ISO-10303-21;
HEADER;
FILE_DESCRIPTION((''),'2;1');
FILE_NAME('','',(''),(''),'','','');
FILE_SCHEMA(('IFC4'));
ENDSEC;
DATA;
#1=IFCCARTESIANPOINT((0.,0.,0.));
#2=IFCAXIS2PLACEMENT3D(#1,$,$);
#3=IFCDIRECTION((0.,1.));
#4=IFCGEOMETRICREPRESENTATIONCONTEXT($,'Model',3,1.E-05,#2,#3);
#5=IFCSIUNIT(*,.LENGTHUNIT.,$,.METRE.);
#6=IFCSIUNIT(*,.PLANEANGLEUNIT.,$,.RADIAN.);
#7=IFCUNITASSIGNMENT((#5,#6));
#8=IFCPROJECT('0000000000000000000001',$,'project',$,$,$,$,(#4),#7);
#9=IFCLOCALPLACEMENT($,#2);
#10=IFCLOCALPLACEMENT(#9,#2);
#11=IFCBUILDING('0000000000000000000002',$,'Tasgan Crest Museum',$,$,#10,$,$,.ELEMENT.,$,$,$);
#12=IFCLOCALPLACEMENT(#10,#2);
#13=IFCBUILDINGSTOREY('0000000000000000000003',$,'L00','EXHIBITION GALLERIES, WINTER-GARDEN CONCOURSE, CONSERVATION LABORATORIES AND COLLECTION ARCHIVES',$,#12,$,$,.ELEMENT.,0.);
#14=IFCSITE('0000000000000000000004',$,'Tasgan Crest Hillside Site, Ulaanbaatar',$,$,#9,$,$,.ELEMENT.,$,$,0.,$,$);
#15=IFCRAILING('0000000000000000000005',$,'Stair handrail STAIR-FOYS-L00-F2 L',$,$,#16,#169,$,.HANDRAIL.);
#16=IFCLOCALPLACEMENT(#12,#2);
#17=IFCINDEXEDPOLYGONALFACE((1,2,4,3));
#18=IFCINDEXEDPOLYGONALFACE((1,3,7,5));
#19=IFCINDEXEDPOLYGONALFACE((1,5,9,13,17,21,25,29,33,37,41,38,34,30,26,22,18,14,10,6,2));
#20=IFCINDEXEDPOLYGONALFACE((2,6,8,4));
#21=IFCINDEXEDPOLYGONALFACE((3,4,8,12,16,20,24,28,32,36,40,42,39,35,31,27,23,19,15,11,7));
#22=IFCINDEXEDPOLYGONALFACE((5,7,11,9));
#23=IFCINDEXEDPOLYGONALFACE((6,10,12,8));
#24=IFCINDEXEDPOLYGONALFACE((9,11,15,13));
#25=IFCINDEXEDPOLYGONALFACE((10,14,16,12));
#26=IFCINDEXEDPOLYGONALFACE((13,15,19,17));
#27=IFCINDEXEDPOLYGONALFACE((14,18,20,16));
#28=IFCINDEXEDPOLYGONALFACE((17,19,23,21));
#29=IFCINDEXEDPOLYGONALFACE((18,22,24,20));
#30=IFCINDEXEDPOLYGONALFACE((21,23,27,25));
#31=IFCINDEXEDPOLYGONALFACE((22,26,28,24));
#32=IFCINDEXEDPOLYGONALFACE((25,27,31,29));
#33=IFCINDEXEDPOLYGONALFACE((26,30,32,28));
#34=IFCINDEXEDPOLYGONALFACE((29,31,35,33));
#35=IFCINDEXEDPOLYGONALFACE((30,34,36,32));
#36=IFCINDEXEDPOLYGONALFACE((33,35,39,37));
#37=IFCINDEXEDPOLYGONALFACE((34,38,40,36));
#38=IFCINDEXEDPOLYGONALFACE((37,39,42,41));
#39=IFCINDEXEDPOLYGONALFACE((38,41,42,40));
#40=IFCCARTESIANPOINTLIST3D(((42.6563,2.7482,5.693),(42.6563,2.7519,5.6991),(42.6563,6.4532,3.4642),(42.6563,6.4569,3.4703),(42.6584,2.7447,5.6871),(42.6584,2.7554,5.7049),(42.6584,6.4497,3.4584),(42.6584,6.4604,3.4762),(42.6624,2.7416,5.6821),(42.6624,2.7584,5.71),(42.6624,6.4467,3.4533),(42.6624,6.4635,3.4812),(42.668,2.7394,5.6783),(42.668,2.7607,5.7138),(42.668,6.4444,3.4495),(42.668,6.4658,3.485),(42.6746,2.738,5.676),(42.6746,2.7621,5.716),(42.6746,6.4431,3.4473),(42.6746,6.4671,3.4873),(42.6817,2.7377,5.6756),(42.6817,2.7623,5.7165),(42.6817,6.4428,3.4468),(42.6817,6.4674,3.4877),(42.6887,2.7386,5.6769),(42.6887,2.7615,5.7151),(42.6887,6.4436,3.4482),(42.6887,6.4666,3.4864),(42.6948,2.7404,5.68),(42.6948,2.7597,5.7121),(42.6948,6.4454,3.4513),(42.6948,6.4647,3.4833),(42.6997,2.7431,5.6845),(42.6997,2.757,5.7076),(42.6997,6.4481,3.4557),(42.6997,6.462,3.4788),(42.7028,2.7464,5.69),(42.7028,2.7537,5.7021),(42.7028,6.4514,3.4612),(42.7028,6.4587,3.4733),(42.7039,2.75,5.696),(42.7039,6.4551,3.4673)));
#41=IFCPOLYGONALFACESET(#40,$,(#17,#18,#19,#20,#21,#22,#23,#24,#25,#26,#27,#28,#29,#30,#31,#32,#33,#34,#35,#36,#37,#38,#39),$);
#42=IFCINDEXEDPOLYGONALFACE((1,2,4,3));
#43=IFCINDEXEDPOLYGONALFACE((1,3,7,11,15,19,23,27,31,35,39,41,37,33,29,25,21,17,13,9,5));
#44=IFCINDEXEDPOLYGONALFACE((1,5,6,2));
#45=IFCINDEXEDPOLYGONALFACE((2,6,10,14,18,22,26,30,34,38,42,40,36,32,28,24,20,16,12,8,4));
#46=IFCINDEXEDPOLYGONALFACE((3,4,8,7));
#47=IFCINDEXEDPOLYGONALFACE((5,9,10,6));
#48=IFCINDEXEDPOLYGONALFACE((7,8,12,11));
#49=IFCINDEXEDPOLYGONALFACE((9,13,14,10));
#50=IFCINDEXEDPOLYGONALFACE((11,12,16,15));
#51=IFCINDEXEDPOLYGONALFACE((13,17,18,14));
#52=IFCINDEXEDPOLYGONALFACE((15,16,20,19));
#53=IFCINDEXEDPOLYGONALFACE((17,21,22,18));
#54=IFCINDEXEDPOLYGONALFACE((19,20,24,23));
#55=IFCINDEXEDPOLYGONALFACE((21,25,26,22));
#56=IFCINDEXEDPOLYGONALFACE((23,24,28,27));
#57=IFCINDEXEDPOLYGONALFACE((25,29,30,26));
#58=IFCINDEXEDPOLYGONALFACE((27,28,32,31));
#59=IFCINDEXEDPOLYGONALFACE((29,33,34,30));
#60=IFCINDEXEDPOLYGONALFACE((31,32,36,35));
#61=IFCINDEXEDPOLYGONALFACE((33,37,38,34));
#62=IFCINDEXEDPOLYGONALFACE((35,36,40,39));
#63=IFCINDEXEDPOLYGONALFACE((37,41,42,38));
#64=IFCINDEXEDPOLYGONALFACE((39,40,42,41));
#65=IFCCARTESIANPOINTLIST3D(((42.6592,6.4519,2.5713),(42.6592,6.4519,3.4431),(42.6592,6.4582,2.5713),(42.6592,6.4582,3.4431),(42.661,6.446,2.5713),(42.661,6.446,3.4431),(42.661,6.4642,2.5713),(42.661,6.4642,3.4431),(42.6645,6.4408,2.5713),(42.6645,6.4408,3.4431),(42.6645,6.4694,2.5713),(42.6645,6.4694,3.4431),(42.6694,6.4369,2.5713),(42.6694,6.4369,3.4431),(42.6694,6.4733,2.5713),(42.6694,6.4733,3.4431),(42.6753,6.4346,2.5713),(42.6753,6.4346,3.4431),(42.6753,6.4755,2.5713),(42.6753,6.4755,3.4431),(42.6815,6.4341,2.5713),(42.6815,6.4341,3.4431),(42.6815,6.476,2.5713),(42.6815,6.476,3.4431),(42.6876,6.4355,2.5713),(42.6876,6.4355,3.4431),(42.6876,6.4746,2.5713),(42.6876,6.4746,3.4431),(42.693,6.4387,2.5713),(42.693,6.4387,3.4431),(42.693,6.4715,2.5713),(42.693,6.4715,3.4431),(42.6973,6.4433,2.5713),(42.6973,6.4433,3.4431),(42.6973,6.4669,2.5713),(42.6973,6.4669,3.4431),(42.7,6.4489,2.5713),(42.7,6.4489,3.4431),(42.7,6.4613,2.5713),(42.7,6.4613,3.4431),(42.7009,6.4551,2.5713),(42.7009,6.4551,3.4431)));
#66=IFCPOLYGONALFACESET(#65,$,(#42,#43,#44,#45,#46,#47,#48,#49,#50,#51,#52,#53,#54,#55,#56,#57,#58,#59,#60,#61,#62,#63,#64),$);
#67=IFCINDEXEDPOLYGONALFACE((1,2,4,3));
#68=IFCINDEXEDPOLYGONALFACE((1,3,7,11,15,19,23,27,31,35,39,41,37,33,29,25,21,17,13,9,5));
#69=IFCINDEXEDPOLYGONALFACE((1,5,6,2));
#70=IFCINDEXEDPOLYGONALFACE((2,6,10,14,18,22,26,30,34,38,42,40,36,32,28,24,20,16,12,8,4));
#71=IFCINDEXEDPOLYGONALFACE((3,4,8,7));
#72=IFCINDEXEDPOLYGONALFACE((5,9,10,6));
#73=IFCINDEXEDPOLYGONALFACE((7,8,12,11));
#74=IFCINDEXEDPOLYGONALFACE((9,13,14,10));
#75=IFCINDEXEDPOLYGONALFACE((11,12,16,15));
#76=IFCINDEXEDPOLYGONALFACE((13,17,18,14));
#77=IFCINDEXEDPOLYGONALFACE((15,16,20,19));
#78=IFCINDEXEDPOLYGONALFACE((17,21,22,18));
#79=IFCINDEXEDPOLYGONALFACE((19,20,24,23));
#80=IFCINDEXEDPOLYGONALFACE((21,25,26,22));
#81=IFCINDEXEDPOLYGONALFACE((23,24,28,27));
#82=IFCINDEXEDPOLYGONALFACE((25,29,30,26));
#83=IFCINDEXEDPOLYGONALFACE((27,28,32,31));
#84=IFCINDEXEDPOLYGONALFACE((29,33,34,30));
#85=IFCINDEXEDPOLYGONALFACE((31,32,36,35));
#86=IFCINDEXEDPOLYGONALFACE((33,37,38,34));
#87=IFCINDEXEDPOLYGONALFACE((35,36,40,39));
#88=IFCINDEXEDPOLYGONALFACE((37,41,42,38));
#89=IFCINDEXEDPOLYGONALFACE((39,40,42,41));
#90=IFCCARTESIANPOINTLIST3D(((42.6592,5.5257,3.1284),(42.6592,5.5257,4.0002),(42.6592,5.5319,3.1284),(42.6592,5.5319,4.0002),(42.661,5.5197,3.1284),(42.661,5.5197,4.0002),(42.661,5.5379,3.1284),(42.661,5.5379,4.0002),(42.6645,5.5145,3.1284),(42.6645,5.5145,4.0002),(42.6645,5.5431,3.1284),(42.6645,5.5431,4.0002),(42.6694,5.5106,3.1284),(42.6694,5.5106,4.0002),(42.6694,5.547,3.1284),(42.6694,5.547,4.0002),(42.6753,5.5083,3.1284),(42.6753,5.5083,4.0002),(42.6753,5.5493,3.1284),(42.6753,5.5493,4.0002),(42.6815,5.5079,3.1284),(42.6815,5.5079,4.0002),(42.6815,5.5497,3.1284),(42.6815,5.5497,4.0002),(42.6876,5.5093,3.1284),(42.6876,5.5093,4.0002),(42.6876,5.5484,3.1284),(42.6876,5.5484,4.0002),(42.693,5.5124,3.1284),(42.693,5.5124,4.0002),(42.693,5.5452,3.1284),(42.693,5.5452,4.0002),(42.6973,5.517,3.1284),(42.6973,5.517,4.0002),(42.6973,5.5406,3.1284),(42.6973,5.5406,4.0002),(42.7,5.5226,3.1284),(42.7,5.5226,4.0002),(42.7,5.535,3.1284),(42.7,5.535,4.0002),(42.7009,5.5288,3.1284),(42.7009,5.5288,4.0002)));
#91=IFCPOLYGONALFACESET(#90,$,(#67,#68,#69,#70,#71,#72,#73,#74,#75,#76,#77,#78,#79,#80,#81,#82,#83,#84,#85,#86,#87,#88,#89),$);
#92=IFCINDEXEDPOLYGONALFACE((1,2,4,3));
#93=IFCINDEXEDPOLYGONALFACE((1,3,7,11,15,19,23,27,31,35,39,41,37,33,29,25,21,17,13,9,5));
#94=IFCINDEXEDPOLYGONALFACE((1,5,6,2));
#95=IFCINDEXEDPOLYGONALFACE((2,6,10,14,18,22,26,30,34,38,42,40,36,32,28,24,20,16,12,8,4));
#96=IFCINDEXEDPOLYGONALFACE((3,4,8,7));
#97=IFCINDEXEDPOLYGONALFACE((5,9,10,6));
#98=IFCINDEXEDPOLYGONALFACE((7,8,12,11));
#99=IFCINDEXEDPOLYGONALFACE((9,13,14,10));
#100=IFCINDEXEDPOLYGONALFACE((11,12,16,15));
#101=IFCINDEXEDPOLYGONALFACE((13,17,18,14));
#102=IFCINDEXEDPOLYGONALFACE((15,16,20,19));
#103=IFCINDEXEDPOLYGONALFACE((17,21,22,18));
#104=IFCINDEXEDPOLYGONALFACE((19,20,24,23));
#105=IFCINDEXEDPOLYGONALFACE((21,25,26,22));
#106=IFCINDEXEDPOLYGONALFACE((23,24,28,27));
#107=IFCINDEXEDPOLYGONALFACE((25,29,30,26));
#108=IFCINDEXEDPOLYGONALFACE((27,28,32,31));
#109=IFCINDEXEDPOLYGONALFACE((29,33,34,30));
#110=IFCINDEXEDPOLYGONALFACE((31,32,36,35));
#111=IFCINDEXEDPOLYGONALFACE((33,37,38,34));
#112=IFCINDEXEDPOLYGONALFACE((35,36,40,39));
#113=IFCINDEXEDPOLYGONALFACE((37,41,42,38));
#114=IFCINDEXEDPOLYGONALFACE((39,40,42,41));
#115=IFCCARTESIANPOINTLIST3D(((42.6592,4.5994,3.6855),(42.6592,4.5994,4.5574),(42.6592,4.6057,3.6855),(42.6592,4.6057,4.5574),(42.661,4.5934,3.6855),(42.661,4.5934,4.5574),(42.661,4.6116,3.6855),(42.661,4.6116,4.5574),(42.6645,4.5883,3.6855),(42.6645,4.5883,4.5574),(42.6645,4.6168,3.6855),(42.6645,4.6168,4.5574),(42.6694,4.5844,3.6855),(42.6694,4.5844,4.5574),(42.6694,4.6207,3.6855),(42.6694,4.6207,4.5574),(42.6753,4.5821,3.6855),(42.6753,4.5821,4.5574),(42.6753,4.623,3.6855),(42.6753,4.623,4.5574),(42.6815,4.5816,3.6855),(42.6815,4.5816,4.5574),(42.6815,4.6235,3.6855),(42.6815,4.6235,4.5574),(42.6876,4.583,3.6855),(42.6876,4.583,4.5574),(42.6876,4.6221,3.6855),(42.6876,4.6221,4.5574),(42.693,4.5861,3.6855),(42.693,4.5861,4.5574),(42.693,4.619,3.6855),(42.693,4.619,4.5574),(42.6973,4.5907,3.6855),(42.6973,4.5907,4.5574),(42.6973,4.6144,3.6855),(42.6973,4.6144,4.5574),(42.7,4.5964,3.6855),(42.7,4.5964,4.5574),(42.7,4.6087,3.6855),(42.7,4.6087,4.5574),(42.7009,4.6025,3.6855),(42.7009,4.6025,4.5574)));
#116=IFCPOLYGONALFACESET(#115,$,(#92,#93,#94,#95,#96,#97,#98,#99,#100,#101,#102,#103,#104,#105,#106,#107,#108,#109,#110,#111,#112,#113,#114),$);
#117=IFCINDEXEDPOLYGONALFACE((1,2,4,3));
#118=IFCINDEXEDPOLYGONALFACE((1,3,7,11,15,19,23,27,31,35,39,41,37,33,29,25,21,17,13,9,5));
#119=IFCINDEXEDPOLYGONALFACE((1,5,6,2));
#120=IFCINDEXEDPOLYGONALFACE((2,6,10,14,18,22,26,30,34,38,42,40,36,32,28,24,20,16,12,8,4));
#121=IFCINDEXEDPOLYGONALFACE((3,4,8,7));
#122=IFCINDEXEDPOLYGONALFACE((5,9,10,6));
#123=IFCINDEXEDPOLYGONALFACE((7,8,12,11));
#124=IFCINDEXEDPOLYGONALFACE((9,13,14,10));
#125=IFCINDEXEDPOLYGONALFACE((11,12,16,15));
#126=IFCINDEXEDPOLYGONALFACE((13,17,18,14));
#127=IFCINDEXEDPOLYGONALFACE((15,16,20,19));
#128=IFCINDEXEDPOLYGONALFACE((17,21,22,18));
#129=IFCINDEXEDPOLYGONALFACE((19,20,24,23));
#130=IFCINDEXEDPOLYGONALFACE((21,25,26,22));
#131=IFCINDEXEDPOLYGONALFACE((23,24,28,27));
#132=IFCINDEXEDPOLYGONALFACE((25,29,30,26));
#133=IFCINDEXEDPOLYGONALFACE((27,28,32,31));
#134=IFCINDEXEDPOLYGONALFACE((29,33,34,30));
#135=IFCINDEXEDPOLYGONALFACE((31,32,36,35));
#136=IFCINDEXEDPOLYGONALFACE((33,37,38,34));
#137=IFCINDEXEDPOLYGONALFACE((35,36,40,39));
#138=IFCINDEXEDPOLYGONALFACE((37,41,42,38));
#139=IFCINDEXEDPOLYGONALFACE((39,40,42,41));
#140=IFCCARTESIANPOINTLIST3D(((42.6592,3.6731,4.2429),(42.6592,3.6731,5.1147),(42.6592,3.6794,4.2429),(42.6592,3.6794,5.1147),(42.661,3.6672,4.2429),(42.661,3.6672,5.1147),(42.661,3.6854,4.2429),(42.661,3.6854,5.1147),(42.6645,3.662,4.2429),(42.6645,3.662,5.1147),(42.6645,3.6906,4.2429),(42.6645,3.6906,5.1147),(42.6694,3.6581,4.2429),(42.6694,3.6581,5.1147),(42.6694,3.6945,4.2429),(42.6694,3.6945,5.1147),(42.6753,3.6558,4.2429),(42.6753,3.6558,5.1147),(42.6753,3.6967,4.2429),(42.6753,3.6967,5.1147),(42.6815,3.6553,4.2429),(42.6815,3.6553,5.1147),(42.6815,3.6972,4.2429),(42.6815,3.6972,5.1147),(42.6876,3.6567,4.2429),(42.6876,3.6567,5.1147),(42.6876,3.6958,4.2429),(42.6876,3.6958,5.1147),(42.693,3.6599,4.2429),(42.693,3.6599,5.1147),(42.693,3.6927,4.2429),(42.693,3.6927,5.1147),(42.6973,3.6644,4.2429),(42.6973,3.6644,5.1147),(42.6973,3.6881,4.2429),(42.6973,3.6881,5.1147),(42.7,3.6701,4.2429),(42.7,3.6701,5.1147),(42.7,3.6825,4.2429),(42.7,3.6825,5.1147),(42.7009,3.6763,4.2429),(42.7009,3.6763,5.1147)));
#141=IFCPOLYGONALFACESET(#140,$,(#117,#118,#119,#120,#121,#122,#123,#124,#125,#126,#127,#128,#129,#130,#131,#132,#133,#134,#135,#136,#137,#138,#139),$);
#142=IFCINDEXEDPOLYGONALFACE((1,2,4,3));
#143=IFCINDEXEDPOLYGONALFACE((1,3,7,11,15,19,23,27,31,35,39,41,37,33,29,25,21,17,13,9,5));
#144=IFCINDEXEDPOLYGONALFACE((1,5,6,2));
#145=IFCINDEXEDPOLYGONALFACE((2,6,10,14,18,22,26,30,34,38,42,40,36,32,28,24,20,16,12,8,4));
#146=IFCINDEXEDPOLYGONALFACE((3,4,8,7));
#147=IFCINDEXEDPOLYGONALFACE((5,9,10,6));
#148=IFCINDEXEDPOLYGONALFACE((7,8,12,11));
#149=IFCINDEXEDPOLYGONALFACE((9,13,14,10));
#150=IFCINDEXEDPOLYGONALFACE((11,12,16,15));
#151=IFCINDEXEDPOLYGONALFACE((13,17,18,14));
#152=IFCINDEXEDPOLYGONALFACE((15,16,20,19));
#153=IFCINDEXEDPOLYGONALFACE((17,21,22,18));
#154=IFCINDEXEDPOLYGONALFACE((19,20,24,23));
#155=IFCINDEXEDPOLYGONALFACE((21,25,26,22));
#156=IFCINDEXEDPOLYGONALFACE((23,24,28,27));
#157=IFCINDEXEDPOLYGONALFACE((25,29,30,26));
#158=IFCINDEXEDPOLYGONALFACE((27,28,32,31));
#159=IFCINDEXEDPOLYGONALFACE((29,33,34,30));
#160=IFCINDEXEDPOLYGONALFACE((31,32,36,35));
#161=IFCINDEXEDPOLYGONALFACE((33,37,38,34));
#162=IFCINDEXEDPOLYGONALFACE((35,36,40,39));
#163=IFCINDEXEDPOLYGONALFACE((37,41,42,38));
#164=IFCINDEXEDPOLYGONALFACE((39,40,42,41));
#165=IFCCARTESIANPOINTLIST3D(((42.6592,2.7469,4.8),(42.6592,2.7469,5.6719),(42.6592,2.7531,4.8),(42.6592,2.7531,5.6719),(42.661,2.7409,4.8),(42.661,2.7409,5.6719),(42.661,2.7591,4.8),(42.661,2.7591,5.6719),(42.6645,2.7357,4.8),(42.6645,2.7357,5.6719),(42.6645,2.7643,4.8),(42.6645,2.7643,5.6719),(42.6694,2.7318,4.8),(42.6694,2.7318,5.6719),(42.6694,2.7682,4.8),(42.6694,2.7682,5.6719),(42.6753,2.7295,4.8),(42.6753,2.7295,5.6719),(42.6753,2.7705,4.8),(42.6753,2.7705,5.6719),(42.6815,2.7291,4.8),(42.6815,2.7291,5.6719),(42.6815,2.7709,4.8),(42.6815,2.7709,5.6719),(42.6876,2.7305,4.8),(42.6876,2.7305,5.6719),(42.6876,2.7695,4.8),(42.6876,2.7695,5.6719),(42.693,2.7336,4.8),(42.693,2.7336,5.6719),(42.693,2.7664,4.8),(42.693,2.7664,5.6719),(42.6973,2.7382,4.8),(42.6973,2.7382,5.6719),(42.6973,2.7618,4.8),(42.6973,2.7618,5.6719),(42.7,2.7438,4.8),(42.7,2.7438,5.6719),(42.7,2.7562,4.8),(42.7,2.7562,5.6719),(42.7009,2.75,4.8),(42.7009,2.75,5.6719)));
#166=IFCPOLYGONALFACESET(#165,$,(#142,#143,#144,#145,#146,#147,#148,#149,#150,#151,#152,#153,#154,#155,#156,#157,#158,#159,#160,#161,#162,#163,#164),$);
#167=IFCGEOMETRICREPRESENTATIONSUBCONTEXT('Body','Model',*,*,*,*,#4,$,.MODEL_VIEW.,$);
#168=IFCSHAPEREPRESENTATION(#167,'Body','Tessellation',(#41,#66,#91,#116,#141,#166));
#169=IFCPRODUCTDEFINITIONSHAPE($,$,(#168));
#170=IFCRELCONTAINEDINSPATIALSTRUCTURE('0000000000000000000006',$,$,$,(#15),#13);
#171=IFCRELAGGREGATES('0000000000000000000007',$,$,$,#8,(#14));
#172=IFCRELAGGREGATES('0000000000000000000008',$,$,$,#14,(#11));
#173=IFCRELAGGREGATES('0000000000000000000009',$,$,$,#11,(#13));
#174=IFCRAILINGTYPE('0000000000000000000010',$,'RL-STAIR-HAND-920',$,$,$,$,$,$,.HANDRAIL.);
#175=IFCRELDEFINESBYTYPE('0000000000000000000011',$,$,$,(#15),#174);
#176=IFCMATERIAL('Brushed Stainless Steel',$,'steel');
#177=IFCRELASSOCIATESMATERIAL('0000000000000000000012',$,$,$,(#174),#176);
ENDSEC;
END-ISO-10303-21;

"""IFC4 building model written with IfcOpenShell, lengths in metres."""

from ifc_helpers import new_model, si_unit, direction, frame, origin, origin_2d, place, context, subcontext, project, spatial, circle, extrude, material, type_object, element, save


model = new_model("IFC4")

# Units and contexts
model_context = context("Model", 3, precision=1e-05, world=origin(), true_north=direction((0.0, 1.0)))
body_context = subcontext(model_context, "Body", "Model", "MODEL_VIEW")
ifc_project = project(units=[si_unit("LENGTHUNIT", "METRE"), si_unit("PLANEANGLEUNIT", "RADIAN")], contexts=[model_context])

# Site, building, storey
site_placement = place(None, origin())
site = spatial("IfcSite", under=ifc_project, at=site_placement, Name="Tasgan Crest Hillside Site, Ulaanbaatar", CompositionType="ELEMENT", RefElevation=0.0)
building_placement = place(site_placement, origin())
building = spatial("IfcBuilding", under=site, at=building_placement, Name="Tasgan Crest Museum", CompositionType="ELEMENT")
storey_placement = place(building_placement, origin())
storey = spatial("IfcBuildingStorey", under=building, at=storey_placement, Name="L00", Description="EXHIBITION GALLERIES, WINTER-GARDEN CONCOURSE, CONSERVATION LABORATORIES AND COLLECTION ARCHIVES", CompositionType="ELEMENT", Elevation=0.0)

# Railing
ifc_material_1 = material(Name="Brushed Stainless Steel", Category="steel")
railing_type_1 = type_object("IfcRailingType", Name="RL-STAIR-HAND-920", PredefinedType="HANDRAIL", material=ifc_material_1)
for number, where, name in (
    (1, (42.6799, 6.4551, 2.5713), "Stair handrail STAIR-FOYS-L00-F2 L"),
):
    element("IfcRailing", number, at=place(storey_placement, frame(where)), inside=storey, type_object=railing_type_1, Name=name, PredefinedType="HANDRAIL", context=body_context, shape_type="SweptSolid", body=[
        extrude(circle(Radius=0.0239, at=origin_2d()), frame((0.0, 0.0, 0.896), z_axis=(0.0, -0.856909, 0.515467), x_axis=(1.0, 0.0, 0.0)), (0.0, 0.0, 1.0), 4.3237),
        extrude(circle(Radius=0.021, at=origin_2d()), origin(), (0.0, 0.0, 1.0), 0.8718),
        extrude(circle(Radius=0.021, at=origin_2d()), frame((0.0, -0.9263, 0.5571)), (0.0, 0.0, 1.0), 0.8718),
        extrude(circle(Radius=0.021, at=origin_2d()), frame((0.0, -1.8525, 1.1143)), (0.0, 0.0, 1.0), 0.8718),
        extrude(circle(Radius=0.021, at=origin_2d()), frame((0.0, -2.7788, 1.6716)), (0.0, 0.0, 1.0), 0.8718),
        extrude(circle(Radius=0.021, at=origin_2d()), frame((0.0, -3.7051, 2.2288)), (0.0, 0.0, 1.0), 0.8718),
    ])

save(model, "model.ifc")
